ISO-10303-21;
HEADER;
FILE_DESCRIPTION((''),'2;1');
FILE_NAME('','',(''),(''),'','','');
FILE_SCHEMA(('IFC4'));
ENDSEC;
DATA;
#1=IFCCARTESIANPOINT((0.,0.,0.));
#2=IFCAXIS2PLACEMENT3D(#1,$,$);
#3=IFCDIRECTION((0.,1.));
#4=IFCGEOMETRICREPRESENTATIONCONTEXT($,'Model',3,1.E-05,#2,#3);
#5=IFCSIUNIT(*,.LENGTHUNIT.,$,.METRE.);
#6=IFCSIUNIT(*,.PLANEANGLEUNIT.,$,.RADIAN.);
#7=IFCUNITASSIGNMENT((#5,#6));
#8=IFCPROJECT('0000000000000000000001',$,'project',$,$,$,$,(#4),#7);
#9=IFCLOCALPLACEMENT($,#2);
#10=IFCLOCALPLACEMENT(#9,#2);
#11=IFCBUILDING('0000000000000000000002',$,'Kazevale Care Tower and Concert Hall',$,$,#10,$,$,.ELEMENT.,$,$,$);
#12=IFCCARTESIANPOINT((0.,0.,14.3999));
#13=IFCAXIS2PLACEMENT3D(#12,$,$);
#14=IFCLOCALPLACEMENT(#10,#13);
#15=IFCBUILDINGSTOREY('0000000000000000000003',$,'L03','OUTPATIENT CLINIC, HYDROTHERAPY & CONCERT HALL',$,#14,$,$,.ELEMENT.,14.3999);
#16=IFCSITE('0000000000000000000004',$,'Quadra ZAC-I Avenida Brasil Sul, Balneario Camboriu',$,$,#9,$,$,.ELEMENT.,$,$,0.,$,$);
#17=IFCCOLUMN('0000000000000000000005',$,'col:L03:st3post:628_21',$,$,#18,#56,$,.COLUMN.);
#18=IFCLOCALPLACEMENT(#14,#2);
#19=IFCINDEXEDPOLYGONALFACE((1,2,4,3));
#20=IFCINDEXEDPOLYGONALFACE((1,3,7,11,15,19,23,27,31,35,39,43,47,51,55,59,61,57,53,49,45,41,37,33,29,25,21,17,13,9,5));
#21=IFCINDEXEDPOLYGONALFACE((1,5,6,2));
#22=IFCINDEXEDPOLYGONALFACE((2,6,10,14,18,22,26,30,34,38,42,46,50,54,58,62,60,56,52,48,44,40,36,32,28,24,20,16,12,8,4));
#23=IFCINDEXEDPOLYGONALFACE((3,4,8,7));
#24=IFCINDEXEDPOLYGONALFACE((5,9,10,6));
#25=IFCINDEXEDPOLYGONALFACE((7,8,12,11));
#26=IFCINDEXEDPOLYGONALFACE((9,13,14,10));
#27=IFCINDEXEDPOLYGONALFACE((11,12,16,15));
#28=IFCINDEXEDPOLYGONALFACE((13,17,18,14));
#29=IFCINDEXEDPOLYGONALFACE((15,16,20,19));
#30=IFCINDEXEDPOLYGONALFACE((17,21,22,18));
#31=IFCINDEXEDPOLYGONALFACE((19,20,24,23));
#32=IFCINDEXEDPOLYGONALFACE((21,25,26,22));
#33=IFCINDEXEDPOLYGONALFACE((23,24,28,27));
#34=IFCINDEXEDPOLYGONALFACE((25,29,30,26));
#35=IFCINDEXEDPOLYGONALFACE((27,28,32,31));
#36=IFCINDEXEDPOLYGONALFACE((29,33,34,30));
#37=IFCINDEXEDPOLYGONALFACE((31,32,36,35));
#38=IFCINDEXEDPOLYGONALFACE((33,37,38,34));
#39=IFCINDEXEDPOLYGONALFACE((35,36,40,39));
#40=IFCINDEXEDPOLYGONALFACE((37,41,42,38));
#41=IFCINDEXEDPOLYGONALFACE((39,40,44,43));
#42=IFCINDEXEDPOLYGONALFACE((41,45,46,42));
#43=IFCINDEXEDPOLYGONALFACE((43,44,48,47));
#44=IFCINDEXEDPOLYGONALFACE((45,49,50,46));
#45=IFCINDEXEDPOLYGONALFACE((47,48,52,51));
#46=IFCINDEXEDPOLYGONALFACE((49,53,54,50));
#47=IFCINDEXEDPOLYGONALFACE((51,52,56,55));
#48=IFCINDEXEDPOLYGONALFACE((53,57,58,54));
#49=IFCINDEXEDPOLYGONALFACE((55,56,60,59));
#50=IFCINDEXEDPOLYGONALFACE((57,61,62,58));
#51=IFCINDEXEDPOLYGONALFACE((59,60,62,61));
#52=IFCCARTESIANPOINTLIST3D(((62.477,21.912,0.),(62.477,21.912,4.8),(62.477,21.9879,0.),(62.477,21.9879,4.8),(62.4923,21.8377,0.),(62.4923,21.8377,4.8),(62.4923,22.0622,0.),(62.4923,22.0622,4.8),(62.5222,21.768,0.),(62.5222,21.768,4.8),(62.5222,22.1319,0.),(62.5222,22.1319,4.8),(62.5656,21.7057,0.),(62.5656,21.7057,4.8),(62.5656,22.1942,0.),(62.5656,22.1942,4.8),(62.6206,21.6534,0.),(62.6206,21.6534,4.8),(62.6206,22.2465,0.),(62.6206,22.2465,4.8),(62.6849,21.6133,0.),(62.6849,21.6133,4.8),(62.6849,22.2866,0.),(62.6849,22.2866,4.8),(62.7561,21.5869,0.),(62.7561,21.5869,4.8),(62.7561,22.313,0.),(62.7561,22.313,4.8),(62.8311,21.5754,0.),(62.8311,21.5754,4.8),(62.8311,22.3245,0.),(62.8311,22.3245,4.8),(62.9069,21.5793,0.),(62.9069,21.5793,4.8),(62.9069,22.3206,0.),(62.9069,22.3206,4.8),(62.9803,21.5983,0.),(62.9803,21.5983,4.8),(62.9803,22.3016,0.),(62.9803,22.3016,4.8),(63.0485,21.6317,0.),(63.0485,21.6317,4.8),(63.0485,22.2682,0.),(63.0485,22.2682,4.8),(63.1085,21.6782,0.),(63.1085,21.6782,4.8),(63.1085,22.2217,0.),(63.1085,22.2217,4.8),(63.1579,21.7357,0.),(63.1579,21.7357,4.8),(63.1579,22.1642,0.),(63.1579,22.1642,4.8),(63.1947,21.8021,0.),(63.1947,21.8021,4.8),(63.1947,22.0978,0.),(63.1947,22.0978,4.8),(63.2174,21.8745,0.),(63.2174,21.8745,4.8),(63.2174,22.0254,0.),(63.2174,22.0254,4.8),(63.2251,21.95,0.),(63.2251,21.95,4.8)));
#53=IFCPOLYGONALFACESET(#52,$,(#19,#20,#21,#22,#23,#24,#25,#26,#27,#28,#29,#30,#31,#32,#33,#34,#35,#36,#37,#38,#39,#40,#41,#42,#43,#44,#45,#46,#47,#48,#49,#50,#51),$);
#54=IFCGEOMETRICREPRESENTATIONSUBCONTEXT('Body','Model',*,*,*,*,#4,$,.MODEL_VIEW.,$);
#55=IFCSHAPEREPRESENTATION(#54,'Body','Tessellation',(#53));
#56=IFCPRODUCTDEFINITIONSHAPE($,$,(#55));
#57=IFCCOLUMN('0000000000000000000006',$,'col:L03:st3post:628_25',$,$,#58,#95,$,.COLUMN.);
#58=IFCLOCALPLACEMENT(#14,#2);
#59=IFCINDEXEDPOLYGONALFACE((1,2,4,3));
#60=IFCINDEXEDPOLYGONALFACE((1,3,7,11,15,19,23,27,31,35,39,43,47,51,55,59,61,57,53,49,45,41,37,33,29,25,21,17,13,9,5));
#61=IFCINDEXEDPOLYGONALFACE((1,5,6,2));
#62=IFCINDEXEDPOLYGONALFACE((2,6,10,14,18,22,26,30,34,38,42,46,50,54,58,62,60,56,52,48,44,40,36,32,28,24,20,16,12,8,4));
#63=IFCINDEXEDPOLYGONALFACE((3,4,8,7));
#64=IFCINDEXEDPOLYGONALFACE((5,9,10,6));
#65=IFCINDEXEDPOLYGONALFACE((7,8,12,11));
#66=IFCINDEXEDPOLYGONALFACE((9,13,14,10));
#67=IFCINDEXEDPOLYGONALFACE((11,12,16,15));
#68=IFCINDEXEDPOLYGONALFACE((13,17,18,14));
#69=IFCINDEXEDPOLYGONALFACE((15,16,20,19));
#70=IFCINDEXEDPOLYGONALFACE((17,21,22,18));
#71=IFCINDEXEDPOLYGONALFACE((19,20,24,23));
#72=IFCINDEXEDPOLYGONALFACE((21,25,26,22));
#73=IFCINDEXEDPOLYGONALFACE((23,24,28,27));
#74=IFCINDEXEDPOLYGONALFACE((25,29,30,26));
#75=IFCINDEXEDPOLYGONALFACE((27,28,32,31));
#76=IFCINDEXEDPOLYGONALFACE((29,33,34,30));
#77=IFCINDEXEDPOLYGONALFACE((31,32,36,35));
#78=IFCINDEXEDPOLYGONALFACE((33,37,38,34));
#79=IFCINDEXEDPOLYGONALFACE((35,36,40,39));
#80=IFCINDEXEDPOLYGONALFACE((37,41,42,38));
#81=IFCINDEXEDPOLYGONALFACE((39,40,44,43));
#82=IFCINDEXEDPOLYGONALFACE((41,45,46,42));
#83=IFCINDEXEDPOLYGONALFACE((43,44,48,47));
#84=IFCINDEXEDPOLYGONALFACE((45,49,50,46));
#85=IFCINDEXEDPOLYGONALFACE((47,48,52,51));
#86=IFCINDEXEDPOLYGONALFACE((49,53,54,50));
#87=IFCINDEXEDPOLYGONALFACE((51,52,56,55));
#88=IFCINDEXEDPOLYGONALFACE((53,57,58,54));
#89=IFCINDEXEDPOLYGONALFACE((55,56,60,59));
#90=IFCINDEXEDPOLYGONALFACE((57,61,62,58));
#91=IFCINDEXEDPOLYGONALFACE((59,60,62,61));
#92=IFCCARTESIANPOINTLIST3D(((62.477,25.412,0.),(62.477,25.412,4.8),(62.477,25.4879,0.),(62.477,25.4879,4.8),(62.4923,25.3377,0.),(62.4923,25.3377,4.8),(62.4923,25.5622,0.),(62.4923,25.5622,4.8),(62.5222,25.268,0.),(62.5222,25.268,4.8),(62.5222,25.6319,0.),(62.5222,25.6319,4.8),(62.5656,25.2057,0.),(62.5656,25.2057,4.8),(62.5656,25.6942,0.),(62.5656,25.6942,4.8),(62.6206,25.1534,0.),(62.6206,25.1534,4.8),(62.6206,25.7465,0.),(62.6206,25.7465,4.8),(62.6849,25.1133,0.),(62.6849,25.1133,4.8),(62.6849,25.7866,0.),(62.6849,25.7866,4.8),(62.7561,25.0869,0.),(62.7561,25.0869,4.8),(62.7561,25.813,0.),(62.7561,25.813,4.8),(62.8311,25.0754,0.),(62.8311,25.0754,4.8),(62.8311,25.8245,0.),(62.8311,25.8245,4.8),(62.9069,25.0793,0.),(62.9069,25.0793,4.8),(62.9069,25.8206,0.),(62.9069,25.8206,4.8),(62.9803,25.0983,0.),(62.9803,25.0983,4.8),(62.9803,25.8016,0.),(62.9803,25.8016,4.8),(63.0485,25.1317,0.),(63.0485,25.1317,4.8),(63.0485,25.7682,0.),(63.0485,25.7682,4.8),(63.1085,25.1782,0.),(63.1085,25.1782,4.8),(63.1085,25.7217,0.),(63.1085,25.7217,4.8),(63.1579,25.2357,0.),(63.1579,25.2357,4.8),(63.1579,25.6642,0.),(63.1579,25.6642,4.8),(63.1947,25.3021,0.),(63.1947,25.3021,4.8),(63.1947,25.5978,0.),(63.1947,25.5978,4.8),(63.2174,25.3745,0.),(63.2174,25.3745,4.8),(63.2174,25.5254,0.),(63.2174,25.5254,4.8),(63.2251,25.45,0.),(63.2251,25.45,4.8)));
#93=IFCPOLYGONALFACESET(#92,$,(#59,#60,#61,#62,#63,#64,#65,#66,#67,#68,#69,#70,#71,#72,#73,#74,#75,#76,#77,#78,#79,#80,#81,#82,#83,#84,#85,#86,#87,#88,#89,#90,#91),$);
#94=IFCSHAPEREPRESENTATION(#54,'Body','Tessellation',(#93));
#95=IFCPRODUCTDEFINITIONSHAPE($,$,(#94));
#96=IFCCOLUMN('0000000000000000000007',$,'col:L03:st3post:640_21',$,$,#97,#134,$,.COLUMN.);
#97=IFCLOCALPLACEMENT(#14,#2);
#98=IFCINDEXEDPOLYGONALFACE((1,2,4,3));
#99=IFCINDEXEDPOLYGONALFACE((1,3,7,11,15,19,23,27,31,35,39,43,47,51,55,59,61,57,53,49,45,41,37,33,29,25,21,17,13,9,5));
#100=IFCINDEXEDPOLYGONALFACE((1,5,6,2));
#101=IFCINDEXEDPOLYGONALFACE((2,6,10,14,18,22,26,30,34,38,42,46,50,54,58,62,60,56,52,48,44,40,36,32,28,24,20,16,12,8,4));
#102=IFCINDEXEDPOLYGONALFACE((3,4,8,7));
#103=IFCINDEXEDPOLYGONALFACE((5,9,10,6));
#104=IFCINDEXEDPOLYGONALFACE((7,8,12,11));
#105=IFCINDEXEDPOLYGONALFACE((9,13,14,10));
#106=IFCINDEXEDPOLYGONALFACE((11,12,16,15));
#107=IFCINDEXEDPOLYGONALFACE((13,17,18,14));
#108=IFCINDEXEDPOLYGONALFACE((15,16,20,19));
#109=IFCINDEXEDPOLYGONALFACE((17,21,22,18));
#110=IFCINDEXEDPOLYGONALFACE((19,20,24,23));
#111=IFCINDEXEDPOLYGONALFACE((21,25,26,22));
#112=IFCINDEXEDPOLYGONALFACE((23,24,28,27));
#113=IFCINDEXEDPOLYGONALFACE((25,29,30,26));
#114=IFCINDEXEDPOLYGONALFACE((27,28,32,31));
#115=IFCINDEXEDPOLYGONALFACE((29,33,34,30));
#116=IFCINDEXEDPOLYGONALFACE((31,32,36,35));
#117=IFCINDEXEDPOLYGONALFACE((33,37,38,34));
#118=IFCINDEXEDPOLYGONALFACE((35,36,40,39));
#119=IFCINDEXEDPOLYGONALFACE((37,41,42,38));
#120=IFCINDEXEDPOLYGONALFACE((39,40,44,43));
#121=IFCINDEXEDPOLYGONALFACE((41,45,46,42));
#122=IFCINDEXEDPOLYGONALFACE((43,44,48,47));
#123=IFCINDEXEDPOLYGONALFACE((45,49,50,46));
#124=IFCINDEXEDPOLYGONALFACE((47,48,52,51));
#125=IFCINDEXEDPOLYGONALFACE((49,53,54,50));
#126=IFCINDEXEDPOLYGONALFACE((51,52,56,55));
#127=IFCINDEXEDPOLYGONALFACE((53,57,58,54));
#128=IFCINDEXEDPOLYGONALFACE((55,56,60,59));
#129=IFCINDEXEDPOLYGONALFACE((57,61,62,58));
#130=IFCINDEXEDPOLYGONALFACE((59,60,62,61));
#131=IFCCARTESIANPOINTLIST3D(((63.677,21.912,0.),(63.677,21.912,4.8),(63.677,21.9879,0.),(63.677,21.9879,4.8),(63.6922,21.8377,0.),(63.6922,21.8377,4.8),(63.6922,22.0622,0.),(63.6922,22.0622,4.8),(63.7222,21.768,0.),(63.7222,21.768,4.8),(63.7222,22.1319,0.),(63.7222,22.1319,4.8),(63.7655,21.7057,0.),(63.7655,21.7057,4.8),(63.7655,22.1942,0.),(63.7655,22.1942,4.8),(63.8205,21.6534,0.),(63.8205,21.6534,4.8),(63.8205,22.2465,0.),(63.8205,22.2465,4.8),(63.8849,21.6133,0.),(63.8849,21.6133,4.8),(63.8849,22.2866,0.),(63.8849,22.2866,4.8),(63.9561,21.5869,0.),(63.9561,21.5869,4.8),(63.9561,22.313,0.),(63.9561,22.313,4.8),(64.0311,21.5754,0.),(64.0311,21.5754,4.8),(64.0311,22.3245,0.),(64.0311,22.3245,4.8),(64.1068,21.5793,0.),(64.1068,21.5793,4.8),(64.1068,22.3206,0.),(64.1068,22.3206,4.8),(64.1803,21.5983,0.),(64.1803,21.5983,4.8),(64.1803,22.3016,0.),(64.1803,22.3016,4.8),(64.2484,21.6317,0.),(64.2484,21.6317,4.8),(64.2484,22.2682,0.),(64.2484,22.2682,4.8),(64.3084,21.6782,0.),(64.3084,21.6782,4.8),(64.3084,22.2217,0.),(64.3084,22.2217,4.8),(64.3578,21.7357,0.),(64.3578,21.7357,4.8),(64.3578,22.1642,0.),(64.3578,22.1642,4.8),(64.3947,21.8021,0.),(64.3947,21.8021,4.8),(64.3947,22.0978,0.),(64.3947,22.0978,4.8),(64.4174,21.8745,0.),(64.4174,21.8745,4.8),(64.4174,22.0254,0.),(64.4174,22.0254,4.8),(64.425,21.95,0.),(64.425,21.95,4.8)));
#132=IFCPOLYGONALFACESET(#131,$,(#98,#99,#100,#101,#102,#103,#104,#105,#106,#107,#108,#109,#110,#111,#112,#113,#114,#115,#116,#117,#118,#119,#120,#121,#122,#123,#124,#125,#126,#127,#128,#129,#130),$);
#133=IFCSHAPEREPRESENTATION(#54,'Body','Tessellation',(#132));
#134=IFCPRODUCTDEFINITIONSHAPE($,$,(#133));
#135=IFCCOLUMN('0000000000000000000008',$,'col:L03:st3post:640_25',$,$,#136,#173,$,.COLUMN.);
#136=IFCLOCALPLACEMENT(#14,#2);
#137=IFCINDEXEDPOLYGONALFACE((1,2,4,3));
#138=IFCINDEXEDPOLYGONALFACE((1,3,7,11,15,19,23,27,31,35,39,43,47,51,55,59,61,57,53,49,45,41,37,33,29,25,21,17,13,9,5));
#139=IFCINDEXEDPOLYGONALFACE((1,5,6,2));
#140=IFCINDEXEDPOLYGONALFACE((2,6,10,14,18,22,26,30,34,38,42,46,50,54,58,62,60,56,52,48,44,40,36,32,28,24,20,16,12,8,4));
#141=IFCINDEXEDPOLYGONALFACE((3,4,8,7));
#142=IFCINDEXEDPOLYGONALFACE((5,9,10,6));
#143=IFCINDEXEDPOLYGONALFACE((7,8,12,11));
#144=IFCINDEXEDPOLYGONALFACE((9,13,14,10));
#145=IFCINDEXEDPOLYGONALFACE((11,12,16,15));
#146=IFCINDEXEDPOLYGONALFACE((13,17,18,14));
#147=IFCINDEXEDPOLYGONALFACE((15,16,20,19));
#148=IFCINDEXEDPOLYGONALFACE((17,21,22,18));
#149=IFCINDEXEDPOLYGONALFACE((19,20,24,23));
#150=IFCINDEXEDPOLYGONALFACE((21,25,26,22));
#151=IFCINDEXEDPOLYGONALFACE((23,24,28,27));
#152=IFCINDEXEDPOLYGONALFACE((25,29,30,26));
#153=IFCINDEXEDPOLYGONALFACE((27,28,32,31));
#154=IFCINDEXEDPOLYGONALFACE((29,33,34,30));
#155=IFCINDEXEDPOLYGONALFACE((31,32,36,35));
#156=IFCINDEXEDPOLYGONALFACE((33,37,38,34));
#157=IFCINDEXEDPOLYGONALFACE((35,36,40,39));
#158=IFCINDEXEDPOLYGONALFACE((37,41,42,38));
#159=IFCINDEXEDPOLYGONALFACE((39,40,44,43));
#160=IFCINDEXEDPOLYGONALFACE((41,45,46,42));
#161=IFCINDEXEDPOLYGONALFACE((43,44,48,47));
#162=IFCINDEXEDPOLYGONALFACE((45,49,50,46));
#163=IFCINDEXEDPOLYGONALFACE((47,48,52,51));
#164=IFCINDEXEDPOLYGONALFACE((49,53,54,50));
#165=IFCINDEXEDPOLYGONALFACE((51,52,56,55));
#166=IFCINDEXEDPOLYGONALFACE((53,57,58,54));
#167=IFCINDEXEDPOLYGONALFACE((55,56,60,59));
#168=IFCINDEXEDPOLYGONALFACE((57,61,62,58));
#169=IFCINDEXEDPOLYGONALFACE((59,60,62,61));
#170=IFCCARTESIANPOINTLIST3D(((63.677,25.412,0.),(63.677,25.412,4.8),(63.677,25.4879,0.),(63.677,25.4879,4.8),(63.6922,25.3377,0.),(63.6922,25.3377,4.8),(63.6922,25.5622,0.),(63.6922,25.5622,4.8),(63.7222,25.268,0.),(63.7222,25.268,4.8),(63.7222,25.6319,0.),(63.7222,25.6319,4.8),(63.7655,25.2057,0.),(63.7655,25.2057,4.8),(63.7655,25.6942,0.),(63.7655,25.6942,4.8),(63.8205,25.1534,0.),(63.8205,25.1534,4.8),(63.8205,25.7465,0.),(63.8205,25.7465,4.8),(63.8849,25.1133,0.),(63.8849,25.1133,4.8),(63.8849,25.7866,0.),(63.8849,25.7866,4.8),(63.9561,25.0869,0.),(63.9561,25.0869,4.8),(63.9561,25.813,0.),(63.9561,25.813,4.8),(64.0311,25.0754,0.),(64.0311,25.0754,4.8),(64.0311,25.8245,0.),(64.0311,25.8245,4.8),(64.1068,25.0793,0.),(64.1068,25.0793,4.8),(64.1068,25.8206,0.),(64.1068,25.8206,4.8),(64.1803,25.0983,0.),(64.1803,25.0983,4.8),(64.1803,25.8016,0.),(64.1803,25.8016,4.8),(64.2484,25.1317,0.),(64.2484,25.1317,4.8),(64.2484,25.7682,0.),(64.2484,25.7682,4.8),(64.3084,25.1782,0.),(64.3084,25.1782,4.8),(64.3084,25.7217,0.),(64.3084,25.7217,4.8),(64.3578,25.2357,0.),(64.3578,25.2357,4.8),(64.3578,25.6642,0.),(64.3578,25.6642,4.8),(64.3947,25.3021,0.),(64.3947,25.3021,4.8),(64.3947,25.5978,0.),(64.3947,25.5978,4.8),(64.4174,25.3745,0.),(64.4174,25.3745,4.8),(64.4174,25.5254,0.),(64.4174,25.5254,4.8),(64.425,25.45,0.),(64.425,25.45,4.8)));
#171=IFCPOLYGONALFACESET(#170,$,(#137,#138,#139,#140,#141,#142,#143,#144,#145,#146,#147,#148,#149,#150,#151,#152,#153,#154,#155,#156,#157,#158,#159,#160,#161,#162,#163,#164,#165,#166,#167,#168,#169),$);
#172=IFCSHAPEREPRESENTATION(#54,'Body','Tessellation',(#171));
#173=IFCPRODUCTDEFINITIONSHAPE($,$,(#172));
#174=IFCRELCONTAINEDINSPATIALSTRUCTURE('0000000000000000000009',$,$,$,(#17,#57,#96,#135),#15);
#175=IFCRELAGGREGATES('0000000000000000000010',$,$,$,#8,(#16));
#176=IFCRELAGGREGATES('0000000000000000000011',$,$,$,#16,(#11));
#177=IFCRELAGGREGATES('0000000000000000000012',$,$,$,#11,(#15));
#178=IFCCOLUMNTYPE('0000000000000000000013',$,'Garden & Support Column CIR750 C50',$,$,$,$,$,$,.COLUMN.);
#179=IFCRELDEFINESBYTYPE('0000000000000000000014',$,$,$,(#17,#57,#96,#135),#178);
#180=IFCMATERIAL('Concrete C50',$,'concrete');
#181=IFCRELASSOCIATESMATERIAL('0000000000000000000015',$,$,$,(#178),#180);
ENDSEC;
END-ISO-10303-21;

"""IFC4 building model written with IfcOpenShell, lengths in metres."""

from ifc_helpers import new_model, si_unit, direction, frame, origin, origin_2d, place, context, subcontext, project, spatial, circle, extrude, material, material_profile, profile_set, type_object, element, save


model = new_model("IFC4")

# Units and contexts
model_context = context("Model", 3, precision=1e-05, world=origin(), true_north=direction((0.0, 1.0)))
body_context = subcontext(model_context, "Body", "Model", "MODEL_VIEW")
ifc_project = project(units=[si_unit("LENGTHUNIT", "METRE"), si_unit("PLANEANGLEUNIT", "RADIAN")], contexts=[model_context])

# Site, building, storey
site_placement = place(None, origin())
site = spatial("IfcSite", under=ifc_project, at=site_placement, Name="Quadra ZAC-I Avenida Brasil Sul, Balneario Camboriu", CompositionType="ELEMENT", RefElevation=0.0)
building_placement = place(site_placement, origin())
building = spatial("IfcBuilding", under=site, at=building_placement, Name="Kazevale Care Tower and Concert Hall", CompositionType="ELEMENT")
storey_placement = place(building_placement, frame((0.0, 0.0, 14.3999)))
storey = spatial("IfcBuildingStorey", under=building, at=storey_placement, Name="L03", Description="OUTPATIENT CLINIC, HYDROTHERAPY & CONCERT HALL", CompositionType="ELEMENT", Elevation=14.3999)

# Columns
ifc_material_1 = material(Name="Concrete C50", Category="concrete")
ifc_material_profile_1 = material_profile(ifc_material_1, circle(Radius=0.375, at=origin_2d()), Name="RC-CIR750")
ifc_profile_set_1 = profile_set([ifc_material_profile_1], Name="Concrete C50")
column_type_1 = type_object("IfcColumnType", Name="Garden & Support Column CIR750 C50", PredefinedType="COLUMN", material=ifc_profile_set_1)
for number, where, z_axis, x_axis, name in (
    (1, (62.8501, 21.95, 0.0), (0.0, 0.0, 1.0), (1.0, 0.0, 0.0), "col:L03:st3post:628_21"),
    (2, (62.8501, 25.45, 0.0), (0.0, 0.0, 1.0), (1.0, 0.0, 0.0), "col:L03:st3post:628_25"),
    (3, (64.05, 21.95, 0.0), (0.0, 0.0, 1.0), (1.0, 0.0, 0.0), "col:L03:st3post:640_21"),
    (4, (64.05, 25.45, 0.0), (0.0, 0.0, 1.0), (1.0, 0.0, 0.0), "col:L03:st3post:640_25"),
):
    element("IfcColumn", number, at=place(storey_placement, frame(where, z_axis=z_axis, x_axis=x_axis)), inside=storey, type_object=column_type_1, Name=name, PredefinedType="COLUMN", context=body_context, shape_type="SweptSolid", body=[
        extrude(circle(Radius=0.375, at=origin_2d()), origin(), (0.0, 0.0, 1.0), 4.8),
    ])

save(model, "model.ifc")
